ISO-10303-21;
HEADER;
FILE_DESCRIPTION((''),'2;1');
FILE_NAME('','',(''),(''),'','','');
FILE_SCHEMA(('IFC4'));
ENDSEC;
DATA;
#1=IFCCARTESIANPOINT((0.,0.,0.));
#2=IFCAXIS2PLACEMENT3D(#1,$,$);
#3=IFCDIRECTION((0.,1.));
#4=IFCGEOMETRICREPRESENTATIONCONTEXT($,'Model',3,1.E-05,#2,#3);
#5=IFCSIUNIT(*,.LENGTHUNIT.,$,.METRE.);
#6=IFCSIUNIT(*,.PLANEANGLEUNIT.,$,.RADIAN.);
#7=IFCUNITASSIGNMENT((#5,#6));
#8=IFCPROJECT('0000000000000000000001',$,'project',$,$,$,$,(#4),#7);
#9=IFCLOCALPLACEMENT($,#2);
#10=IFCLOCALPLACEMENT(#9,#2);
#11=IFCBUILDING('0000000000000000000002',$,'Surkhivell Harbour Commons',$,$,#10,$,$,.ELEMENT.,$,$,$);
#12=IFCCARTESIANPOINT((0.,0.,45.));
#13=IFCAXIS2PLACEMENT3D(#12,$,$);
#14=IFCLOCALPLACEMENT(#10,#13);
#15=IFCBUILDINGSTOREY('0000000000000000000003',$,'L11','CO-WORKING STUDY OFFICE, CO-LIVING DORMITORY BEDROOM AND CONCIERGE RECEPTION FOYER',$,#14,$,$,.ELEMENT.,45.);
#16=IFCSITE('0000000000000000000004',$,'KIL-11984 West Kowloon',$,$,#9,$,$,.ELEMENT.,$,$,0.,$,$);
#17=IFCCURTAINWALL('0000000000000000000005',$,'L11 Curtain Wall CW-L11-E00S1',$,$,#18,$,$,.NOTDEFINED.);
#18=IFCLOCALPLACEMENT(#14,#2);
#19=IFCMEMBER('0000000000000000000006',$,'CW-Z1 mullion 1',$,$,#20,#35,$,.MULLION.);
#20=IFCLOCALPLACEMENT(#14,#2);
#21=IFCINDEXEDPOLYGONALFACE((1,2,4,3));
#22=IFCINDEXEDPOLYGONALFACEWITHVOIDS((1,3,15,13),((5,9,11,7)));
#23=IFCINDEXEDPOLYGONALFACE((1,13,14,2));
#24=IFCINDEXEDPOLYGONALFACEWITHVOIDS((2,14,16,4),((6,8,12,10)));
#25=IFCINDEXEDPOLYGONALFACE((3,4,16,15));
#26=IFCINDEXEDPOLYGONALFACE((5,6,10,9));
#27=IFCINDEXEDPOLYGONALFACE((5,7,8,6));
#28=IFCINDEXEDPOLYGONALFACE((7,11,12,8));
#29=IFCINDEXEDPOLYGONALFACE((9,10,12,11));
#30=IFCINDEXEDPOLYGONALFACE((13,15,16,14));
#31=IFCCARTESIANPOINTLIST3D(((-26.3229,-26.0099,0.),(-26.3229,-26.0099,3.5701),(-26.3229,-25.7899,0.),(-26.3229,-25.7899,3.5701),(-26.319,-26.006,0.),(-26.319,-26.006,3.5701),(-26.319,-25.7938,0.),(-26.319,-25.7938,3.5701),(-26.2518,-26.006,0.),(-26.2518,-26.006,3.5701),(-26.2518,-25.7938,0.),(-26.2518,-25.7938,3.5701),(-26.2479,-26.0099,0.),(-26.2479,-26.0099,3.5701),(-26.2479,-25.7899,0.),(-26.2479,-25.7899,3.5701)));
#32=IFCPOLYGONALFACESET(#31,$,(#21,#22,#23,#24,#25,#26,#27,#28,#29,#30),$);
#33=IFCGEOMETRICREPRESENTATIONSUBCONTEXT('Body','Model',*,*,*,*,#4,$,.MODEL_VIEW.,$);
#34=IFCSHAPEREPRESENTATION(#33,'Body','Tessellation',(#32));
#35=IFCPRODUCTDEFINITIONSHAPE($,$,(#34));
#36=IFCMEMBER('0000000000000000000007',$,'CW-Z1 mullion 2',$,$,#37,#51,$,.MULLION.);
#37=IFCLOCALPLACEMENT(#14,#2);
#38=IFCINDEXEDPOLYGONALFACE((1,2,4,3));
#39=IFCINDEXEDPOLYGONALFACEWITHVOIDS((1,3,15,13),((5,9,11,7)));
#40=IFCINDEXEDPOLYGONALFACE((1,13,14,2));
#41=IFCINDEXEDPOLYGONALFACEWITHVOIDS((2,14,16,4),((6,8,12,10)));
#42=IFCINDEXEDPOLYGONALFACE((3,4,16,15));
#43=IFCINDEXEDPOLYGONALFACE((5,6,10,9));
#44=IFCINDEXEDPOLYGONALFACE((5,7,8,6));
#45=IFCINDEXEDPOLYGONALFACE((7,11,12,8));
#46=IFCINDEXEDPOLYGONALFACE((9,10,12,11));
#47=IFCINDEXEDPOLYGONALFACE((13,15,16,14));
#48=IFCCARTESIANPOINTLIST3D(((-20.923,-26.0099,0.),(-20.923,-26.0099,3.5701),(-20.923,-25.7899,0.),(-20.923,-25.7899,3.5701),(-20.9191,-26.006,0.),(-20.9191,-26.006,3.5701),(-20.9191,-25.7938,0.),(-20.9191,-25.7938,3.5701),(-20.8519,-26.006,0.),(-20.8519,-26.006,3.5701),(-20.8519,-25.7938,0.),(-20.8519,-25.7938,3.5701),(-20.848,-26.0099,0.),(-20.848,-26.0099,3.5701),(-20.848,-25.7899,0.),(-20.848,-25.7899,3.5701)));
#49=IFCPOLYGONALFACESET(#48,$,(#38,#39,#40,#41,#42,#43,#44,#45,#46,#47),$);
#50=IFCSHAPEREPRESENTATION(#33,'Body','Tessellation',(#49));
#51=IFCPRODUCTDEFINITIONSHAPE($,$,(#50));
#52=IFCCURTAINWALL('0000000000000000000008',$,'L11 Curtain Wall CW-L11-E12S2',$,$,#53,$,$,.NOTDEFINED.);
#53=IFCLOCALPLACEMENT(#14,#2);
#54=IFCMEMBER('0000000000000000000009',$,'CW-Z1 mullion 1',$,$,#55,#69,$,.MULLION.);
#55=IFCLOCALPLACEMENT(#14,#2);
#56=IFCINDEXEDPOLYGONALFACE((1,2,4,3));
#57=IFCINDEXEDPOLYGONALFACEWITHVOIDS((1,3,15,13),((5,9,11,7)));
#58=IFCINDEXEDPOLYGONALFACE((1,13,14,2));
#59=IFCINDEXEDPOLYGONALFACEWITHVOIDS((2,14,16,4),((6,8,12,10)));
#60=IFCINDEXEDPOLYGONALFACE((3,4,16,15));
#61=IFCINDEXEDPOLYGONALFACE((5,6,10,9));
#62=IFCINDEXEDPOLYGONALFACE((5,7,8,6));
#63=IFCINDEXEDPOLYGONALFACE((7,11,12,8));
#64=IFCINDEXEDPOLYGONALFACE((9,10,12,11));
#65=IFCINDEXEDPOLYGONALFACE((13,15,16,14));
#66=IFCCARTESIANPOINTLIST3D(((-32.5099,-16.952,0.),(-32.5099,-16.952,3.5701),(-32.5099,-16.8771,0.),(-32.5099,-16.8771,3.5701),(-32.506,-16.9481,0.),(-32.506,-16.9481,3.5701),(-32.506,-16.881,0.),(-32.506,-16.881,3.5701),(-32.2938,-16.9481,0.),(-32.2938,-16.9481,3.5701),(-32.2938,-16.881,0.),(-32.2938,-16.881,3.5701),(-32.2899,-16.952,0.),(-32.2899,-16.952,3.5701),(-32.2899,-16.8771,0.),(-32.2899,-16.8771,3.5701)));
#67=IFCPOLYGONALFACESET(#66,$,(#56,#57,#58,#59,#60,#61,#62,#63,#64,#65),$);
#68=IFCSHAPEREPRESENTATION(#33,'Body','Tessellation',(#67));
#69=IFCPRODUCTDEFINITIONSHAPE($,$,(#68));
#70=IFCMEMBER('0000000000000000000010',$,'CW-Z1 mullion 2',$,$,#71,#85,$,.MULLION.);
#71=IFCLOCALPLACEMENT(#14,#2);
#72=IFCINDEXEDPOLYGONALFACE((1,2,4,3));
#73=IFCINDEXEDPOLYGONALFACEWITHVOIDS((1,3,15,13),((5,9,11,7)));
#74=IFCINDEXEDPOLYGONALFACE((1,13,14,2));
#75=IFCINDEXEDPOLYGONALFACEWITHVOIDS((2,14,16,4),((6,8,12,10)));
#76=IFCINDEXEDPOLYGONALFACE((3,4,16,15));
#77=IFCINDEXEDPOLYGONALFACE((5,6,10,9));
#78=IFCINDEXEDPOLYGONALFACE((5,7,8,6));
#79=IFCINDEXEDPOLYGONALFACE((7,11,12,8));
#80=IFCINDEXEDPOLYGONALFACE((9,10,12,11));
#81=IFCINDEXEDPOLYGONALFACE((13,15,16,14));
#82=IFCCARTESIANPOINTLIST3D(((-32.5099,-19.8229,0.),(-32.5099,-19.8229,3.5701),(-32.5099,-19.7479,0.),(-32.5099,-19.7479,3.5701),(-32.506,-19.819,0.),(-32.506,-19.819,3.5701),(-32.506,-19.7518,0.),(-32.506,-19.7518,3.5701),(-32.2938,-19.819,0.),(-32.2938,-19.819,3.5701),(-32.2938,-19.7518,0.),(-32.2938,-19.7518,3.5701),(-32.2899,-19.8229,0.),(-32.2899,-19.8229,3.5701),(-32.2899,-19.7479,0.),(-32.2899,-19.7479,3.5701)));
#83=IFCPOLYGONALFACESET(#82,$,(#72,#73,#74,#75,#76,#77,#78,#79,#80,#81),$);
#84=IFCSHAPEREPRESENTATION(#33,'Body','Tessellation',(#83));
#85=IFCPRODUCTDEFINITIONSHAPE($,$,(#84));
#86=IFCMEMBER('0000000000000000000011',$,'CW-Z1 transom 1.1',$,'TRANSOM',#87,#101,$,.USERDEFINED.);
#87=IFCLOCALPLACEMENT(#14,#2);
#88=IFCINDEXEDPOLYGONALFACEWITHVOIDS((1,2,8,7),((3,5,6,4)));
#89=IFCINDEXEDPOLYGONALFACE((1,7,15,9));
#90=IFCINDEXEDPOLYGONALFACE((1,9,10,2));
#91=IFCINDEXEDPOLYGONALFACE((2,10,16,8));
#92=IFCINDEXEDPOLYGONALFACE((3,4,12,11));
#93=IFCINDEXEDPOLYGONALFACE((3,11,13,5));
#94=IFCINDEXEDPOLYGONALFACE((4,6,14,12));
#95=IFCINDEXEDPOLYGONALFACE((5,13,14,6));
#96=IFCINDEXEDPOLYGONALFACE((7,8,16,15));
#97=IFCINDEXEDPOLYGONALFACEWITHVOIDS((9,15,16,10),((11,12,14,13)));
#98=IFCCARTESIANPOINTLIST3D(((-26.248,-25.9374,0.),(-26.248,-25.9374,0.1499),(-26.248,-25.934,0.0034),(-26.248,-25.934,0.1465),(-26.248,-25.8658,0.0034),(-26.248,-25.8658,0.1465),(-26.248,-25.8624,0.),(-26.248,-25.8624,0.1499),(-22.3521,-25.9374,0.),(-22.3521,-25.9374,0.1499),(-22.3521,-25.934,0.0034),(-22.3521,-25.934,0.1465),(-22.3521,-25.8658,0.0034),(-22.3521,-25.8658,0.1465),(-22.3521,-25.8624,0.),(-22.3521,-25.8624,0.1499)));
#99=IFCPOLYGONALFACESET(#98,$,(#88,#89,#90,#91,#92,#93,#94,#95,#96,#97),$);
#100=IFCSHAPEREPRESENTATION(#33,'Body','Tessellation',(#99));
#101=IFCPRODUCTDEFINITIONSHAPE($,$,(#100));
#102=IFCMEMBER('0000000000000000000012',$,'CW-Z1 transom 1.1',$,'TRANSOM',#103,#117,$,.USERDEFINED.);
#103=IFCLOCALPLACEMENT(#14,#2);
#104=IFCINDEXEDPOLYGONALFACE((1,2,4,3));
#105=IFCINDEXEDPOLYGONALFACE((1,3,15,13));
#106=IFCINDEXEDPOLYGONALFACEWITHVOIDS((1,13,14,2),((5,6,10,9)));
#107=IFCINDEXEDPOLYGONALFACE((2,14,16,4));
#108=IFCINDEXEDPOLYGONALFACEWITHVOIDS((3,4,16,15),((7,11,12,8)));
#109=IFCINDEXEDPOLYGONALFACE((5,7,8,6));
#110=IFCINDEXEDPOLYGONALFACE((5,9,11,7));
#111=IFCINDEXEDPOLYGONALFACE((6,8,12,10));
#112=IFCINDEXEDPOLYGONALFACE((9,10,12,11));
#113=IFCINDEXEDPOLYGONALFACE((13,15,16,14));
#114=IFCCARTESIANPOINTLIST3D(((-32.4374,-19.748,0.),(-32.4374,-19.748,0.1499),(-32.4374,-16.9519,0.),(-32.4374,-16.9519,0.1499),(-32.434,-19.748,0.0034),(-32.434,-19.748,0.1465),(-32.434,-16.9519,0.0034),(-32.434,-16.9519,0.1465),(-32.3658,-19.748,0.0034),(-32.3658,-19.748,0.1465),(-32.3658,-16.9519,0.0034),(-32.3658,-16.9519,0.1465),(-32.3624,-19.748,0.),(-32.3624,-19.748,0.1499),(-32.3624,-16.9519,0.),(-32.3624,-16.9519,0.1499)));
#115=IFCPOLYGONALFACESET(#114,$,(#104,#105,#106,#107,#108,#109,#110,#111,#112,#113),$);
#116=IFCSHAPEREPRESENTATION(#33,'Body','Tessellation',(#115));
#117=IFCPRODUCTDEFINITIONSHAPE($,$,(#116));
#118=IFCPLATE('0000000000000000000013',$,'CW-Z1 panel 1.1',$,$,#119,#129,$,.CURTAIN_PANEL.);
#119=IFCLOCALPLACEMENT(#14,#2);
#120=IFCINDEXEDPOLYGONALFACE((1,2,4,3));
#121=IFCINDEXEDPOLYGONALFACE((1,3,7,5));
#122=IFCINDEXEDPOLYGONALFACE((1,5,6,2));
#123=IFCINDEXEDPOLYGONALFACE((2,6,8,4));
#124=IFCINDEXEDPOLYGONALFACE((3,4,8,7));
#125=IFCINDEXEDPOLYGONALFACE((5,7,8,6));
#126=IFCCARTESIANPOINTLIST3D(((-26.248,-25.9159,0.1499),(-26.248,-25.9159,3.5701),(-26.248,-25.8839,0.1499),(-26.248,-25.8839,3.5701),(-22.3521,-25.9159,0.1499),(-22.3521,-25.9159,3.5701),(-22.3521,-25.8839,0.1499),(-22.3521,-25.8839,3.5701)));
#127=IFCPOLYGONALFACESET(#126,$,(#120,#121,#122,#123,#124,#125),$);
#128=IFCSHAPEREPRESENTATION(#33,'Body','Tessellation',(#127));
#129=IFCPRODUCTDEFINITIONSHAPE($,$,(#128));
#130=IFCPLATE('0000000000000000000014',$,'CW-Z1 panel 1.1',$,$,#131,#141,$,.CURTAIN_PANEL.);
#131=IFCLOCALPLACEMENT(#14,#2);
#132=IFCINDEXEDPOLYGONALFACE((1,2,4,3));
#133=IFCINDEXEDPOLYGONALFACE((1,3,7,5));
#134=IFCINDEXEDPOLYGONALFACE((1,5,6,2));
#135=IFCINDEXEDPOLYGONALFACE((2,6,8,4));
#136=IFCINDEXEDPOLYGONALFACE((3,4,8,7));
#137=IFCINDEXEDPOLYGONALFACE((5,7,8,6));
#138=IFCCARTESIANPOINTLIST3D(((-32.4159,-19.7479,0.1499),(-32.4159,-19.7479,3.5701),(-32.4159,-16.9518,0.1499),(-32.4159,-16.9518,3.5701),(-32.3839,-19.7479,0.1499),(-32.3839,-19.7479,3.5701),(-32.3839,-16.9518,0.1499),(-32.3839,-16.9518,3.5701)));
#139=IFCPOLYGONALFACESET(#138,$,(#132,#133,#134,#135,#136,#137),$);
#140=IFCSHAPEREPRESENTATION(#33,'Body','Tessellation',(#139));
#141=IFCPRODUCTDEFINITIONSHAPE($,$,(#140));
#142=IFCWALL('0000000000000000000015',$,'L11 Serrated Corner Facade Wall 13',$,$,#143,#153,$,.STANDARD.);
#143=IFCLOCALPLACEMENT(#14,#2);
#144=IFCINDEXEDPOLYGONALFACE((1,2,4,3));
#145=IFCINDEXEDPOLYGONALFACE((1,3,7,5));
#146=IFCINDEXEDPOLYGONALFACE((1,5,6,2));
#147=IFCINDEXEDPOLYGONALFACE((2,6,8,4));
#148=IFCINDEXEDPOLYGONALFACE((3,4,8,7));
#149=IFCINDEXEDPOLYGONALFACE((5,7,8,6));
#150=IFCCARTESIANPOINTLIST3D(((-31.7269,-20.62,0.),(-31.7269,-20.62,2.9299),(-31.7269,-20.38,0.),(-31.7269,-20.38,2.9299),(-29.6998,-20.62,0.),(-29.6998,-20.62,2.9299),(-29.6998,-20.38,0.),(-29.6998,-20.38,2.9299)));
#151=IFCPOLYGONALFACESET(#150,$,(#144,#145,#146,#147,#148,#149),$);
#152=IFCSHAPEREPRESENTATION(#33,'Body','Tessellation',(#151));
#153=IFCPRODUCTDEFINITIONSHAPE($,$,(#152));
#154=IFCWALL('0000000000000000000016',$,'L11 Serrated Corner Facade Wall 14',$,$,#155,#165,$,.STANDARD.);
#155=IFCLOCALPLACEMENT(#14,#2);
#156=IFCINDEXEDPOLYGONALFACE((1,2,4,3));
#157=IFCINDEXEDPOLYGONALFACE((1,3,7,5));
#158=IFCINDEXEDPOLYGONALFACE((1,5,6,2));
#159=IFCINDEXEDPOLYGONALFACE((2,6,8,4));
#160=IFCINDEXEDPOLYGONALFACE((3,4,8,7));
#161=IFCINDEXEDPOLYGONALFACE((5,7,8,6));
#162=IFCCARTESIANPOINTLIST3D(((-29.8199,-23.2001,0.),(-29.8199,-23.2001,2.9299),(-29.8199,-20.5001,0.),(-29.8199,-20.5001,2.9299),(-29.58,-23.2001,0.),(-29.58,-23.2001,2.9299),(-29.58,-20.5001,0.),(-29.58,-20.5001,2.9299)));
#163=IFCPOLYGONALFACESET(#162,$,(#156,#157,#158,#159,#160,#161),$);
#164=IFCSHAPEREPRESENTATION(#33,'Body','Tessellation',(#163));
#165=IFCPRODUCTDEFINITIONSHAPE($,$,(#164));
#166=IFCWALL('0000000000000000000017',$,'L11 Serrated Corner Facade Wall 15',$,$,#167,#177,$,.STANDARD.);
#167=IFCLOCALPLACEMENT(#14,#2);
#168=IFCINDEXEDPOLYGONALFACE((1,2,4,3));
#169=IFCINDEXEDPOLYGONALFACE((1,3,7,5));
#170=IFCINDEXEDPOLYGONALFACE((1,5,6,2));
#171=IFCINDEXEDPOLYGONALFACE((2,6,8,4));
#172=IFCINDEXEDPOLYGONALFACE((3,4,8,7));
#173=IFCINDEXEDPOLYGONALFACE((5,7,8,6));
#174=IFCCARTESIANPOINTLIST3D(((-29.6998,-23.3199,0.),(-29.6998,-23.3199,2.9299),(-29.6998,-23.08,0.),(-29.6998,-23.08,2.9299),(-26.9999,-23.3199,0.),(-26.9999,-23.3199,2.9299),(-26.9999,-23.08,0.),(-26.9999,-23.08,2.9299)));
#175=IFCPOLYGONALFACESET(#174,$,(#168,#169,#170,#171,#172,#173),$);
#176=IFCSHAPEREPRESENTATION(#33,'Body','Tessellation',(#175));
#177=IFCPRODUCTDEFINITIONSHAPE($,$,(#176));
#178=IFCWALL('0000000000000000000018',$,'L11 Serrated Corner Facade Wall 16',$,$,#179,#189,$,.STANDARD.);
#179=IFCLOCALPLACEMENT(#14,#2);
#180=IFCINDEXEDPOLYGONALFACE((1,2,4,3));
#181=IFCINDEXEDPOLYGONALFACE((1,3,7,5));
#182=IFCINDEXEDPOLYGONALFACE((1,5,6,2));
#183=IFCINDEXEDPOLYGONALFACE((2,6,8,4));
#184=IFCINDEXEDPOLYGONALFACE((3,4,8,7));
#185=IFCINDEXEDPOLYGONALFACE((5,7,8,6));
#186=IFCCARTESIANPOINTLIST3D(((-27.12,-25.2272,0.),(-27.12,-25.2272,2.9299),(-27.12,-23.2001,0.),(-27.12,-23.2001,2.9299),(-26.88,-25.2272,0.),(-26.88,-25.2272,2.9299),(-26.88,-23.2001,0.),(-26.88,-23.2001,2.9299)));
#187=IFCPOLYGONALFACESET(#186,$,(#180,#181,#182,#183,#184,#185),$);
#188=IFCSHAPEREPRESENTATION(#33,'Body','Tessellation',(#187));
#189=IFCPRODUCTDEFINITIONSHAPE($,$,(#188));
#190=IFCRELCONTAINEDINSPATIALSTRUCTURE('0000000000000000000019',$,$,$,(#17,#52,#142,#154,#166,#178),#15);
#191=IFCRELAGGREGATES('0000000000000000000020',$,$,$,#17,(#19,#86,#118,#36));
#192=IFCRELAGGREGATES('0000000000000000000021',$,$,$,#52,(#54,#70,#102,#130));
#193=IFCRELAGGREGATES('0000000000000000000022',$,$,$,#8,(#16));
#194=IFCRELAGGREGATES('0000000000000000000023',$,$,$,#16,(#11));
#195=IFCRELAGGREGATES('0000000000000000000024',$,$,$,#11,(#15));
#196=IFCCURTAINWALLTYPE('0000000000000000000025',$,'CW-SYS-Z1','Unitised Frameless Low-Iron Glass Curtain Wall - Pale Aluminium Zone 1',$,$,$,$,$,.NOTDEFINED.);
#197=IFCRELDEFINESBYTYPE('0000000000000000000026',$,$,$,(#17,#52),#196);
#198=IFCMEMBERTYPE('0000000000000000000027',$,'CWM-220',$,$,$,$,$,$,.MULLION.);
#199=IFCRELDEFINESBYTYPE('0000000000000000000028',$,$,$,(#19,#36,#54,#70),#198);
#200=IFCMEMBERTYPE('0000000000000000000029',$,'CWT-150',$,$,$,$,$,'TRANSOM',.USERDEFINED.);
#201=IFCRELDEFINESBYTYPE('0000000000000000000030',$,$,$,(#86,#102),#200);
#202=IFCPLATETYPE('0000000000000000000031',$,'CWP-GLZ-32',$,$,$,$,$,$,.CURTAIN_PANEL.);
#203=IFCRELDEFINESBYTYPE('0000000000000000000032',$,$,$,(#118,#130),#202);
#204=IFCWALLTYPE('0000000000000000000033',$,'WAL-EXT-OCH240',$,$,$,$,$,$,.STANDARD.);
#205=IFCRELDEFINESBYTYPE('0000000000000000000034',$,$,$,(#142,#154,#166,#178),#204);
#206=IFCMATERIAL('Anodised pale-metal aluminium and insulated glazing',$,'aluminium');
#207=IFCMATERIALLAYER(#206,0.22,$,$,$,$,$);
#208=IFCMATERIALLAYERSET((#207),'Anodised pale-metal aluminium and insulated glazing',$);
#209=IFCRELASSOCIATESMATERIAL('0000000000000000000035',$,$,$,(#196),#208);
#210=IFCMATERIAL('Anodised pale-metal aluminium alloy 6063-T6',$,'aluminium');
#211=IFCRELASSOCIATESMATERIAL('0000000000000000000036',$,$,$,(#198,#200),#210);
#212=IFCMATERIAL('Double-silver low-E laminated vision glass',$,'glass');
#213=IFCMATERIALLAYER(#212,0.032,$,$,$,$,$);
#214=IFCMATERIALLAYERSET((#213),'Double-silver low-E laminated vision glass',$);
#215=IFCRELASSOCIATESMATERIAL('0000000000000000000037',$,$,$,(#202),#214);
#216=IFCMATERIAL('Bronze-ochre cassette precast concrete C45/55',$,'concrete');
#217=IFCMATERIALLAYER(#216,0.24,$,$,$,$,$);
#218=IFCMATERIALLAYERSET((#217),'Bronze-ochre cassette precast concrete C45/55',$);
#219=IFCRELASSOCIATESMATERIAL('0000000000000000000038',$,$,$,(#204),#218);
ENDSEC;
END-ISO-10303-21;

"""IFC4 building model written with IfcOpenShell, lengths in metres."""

from ifc_helpers import new_model, si_unit, direction, frame, frame_2d, origin, origin_2d, place, context, subcontext, project, spatial, rectangle, hollow_rectangle, extrude, material, layer, layer_set, material_profile, profile_set, type_object, element, aggregate, save


model = new_model("IFC4")

# Units and contexts
model_context = context("Model", 3, precision=1e-05, world=origin(), true_north=direction((0.0, 1.0)))
body_context = subcontext(model_context, "Body", "Model", "MODEL_VIEW")
ifc_project = project(units=[si_unit("LENGTHUNIT", "METRE"), si_unit("PLANEANGLEUNIT", "RADIAN")], contexts=[model_context])

# Site, building, storey
site_placement = place(None, origin())
site = spatial("IfcSite", under=ifc_project, at=site_placement, Name="KIL-11984 West Kowloon", CompositionType="ELEMENT", RefElevation=0.0)
building_placement = place(site_placement, origin())
building = spatial("IfcBuilding", under=site, at=building_placement, Name="Surkhivell Harbour Commons", CompositionType="ELEMENT")
storey_placement = place(building_placement, frame((0.0, 0.0, 45.0)))
storey = spatial("IfcBuildingStorey", under=building, at=storey_placement, Name="L11", Description="CO-WORKING STUDY OFFICE, CO-LIVING DORMITORY BEDROOM AND CONCIERGE RECEPTION FOYER", CompositionType="ELEMENT", Elevation=45.0)

# Curtain walls, members
ifc_material_1 = material(Name="Anodised pale-metal aluminium and insulated glazing", Category="aluminium")
ifc_layer_1 = layer(ifc_material_1, 0.22)
ifc_layer_set_1 = layer_set([ifc_layer_1], Name="Anodised pale-metal aluminium and insulated glazing")
curtain_wall_type = type_object("IfcCurtainWallType", Name="CW-SYS-Z1", Description="Unitised Frameless Low-Iron Glass Curtain Wall - Pale Aluminium Zone 1", PredefinedType="NOTDEFINED", material=ifc_layer_set_1)
curtain_wall_1_placement = place(storey_placement, origin())
curtain_wall_1 = element("IfcCurtainWall", 1, at=curtain_wall_1_placement, inside=storey, type_object=curtain_wall_type, Name="L11 Curtain Wall CW-L11-E00S1", PredefinedType="NOTDEFINED")
ifc_material_2 = material(Name="Anodised pale-metal aluminium alloy 6063-T6", Category="aluminium")
ifc_material_profile_1 = material_profile(ifc_material_2, hollow_rectangle(XDim=0.075, YDim=0.22, WallThickness=0.0039, at=origin_2d()), Name="ALU-MULL-75x220")
ifc_profile_set_1 = profile_set([ifc_material_profile_1], Name="Anodised pale-metal aluminium alloy 6063-T6")
member_type_1 = type_object("IfcMemberType", Name="CWM-220", PredefinedType="MULLION", material=ifc_profile_set_1)
member_1_placement = place(storey_placement, frame((-26.2854, -25.8999, 0.0), z_axis=(0.0, 0.0, 1.0), x_axis=(1.0, 0.0, 0.0)))
member_1 = element("IfcMember", 2, at=member_1_placement, type_object=member_type_1, Name="CW-Z1 mullion 1", PredefinedType="MULLION", context=body_context, shape_type="SweptSolid", body=[
    extrude(hollow_rectangle(XDim=0.075, YDim=0.22, WallThickness=0.0039, at=origin_2d()), origin(), (0.0, 0.0, 1.0), 3.5701),
])
member_2_placement = place(storey_placement, frame((-20.8855, -25.8999, 0.0), z_axis=(0.0, 0.0, 1.0), x_axis=(1.0, 0.0, 0.0)))
member_2 = element("IfcMember", 3, at=member_2_placement, type_object=member_type_1, Name="CW-Z1 mullion 2", PredefinedType="MULLION", context=body_context, shape_type="SweptSolid", body=[
    extrude(hollow_rectangle(XDim=0.075, YDim=0.22, WallThickness=0.0039, at=origin_2d()), origin(), (0.0, 0.0, 1.0), 3.5701),
])
curtain_wall_2_placement = place(storey_placement, origin())
curtain_wall_2 = element("IfcCurtainWall", 4, at=curtain_wall_2_placement, inside=storey, type_object=curtain_wall_type, Name="L11 Curtain Wall CW-L11-E12S2", PredefinedType="NOTDEFINED")
member_3_placement = place(storey_placement, frame((-32.3999, -16.9146, 0.0), z_axis=(0.0, 0.0, 1.0), x_axis=(0.0, -1.0, 0.0)))
member_3 = element("IfcMember", 5, at=member_3_placement, type_object=member_type_1, Name="CW-Z1 mullion 1", PredefinedType="MULLION", context=body_context, shape_type="SweptSolid", body=[
    extrude(hollow_rectangle(XDim=0.075, YDim=0.22, WallThickness=0.0039, at=origin_2d()), origin(), (0.0, 0.0, 1.0), 3.5701),
])
member_4_placement = place(storey_placement, frame((-32.3999, -19.7854, 0.0), z_axis=(0.0, 0.0, 1.0), x_axis=(0.0, -1.0, 0.0)))
member_4 = element("IfcMember", 6, at=member_4_placement, type_object=member_type_1, Name="CW-Z1 mullion 2", PredefinedType="MULLION", context=body_context, shape_type="SweptSolid", body=[
    extrude(hollow_rectangle(XDim=0.075, YDim=0.22, WallThickness=0.0039, at=origin_2d()), origin(), (0.0, 0.0, 1.0), 3.5701),
])

# Members
ifc_material_profile_2 = material_profile(ifc_material_2, hollow_rectangle(XDim=0.075, YDim=0.1499, WallThickness=0.0034, at=origin_2d()), Name="ALU-TRAN-75x150")
ifc_profile_set_2 = profile_set([ifc_material_profile_2], Name="Anodised pale-metal aluminium alloy 6063-T6")
member_type_2 = type_object("IfcMemberType", Name="CWT-150", ElementType="TRANSOM", PredefinedType="USERDEFINED", material=ifc_profile_set_2)
member_5_placement = place(storey_placement, frame((-26.248, -25.8999, 0.075), z_axis=(1.0, 0.0, 0.0), x_axis=(0.0, 1.0, 0.0)))
member_5 = element("IfcMember", 7, at=member_5_placement, type_object=member_type_2, Name="CW-Z1 transom 1.1", ObjectType="TRANSOM", PredefinedType="USERDEFINED", context=body_context, shape_type="SweptSolid", body=[
    extrude(hollow_rectangle(XDim=0.075, YDim=0.1499, WallThickness=0.0034, at=origin_2d()), origin(), (0.0, 0.0, 1.0), 3.896),
])
member_6_placement = place(storey_placement, frame((-32.3999, -16.9519, 0.075), z_axis=(0.0, -1.0, 0.0), x_axis=(1.0, 0.0, 0.0)))
member_6 = element("IfcMember", 8, at=member_6_placement, type_object=member_type_2, Name="CW-Z1 transom 1.1", ObjectType="TRANSOM", PredefinedType="USERDEFINED", context=body_context, shape_type="SweptSolid", body=[
    extrude(hollow_rectangle(XDim=0.075, YDim=0.1499, WallThickness=0.0034, at=origin_2d()), origin(), (0.0, 0.0, 1.0), 2.7961),
])

# Plates
ifc_material_3 = material(Name="Double-silver low-E laminated vision glass", Category="glass")
ifc_layer_2 = layer(ifc_material_3, 0.032)
ifc_layer_set_2 = layer_set([ifc_layer_2], Name="Double-silver low-E laminated vision glass")
plate_type = type_object("IfcPlateType", Name="CWP-GLZ-32", PredefinedType="CURTAIN_PANEL", material=ifc_layer_set_2)
plate_1_placement = place(storey_placement, frame((-26.248, -25.8999, 0.1499), z_axis=(0.0, 0.0, 1.0), x_axis=(1.0, 0.0, 0.0)))
plate_1 = element("IfcPlate", 9, at=plate_1_placement, type_object=plate_type, Name="CW-Z1 panel 1.1", PredefinedType="CURTAIN_PANEL", context=body_context, shape_type="SweptSolid", body=[
    extrude(rectangle(XDim=3.896, YDim=0.032, at=frame_2d((1.948, 0.0))), origin(), (0.0, 0.0, 1.0), 3.4202),
])
aggregate(curtain_wall_1, [member_1, member_5, plate_1, member_2])
plate_2_placement = place(storey_placement, frame((-32.3999, -16.9519, 0.1499), z_axis=(0.0, 0.0, 1.0), x_axis=(0.0, -1.0, 0.0)))
plate_2 = element("IfcPlate", 10, at=plate_2_placement, type_object=plate_type, Name="CW-Z1 panel 1.1", PredefinedType="CURTAIN_PANEL", context=body_context, shape_type="SweptSolid", body=[
    extrude(rectangle(XDim=2.7961, YDim=0.032, at=frame_2d((1.3979, 0.0))), origin(), (0.0, 0.0, 1.0), 3.4202),
])
aggregate(curtain_wall_2, [member_3, member_4, member_6, plate_2])

# Walls
ifc_material_4 = material(Name="Bronze-ochre cassette precast concrete C45/55", Category="concrete")
ifc_layer_3 = layer(ifc_material_4, 0.24)
ifc_layer_set_3 = layer_set([ifc_layer_3], Name="Bronze-ochre cassette precast concrete C45/55")
wall_type = type_object("IfcWallType", Name="WAL-EXT-OCH240", PredefinedType="STANDARD", material=ifc_layer_set_3)
wall_1_placement = place(storey_placement, frame((-31.7271, -20.5, 0.0), z_axis=(0.0, 0.0, 1.0), x_axis=(1.0, 0.0, 0.0)))
element("IfcWall", 11, at=wall_1_placement, inside=storey, type_object=wall_type, Name="L11 Serrated Corner Facade Wall 13", PredefinedType="STANDARD", context=body_context, shape_type="SweptSolid", body=[
    extrude(rectangle(XDim=2.0271, YDim=0.24, at=frame_2d((1.0137, 0.0))), origin(), (0.0, 0.0, 1.0), 2.9299),
])
for number, where, z_axis, x_axis, name in (
    (12, (-29.7, -20.5, 0.0), (0.0, 0.0, 1.0), (0.0, -1.0, 0.0), "L11 Serrated Corner Facade Wall 14"),
    (13, (-29.7, -23.2, 0.0), (0.0, 0.0, 1.0), (1.0, 0.0, 0.0), "L11 Serrated Corner Facade Wall 15"),
):
    element("IfcWall", number, at=place(storey_placement, frame(where, z_axis=z_axis, x_axis=x_axis)), inside=storey, type_object=wall_type, Name=name, PredefinedType="STANDARD", context=body_context, shape_type="SweptSolid", body=[
        extrude(rectangle(XDim=2.7, YDim=0.24, at=frame_2d((1.3501, 0.0))), origin(), (0.0, 0.0, 1.0), 2.9299),
    ])
wall_2_placement = place(storey_placement, frame((-27.0, -23.2, 0.0), z_axis=(0.0, 0.0, 1.0), x_axis=(0.0, -1.0, 0.0)))
element("IfcWall", 14, at=wall_2_placement, inside=storey, type_object=wall_type, Name="L11 Serrated Corner Facade Wall 16", PredefinedType="STANDARD", context=body_context, shape_type="SweptSolid", body=[
    extrude(rectangle(XDim=2.0271, YDim=0.24, at=frame_2d((1.0137, 0.0))), origin(), (0.0, 0.0, 1.0), 2.9299),
])

save(model, "model.ifc")
